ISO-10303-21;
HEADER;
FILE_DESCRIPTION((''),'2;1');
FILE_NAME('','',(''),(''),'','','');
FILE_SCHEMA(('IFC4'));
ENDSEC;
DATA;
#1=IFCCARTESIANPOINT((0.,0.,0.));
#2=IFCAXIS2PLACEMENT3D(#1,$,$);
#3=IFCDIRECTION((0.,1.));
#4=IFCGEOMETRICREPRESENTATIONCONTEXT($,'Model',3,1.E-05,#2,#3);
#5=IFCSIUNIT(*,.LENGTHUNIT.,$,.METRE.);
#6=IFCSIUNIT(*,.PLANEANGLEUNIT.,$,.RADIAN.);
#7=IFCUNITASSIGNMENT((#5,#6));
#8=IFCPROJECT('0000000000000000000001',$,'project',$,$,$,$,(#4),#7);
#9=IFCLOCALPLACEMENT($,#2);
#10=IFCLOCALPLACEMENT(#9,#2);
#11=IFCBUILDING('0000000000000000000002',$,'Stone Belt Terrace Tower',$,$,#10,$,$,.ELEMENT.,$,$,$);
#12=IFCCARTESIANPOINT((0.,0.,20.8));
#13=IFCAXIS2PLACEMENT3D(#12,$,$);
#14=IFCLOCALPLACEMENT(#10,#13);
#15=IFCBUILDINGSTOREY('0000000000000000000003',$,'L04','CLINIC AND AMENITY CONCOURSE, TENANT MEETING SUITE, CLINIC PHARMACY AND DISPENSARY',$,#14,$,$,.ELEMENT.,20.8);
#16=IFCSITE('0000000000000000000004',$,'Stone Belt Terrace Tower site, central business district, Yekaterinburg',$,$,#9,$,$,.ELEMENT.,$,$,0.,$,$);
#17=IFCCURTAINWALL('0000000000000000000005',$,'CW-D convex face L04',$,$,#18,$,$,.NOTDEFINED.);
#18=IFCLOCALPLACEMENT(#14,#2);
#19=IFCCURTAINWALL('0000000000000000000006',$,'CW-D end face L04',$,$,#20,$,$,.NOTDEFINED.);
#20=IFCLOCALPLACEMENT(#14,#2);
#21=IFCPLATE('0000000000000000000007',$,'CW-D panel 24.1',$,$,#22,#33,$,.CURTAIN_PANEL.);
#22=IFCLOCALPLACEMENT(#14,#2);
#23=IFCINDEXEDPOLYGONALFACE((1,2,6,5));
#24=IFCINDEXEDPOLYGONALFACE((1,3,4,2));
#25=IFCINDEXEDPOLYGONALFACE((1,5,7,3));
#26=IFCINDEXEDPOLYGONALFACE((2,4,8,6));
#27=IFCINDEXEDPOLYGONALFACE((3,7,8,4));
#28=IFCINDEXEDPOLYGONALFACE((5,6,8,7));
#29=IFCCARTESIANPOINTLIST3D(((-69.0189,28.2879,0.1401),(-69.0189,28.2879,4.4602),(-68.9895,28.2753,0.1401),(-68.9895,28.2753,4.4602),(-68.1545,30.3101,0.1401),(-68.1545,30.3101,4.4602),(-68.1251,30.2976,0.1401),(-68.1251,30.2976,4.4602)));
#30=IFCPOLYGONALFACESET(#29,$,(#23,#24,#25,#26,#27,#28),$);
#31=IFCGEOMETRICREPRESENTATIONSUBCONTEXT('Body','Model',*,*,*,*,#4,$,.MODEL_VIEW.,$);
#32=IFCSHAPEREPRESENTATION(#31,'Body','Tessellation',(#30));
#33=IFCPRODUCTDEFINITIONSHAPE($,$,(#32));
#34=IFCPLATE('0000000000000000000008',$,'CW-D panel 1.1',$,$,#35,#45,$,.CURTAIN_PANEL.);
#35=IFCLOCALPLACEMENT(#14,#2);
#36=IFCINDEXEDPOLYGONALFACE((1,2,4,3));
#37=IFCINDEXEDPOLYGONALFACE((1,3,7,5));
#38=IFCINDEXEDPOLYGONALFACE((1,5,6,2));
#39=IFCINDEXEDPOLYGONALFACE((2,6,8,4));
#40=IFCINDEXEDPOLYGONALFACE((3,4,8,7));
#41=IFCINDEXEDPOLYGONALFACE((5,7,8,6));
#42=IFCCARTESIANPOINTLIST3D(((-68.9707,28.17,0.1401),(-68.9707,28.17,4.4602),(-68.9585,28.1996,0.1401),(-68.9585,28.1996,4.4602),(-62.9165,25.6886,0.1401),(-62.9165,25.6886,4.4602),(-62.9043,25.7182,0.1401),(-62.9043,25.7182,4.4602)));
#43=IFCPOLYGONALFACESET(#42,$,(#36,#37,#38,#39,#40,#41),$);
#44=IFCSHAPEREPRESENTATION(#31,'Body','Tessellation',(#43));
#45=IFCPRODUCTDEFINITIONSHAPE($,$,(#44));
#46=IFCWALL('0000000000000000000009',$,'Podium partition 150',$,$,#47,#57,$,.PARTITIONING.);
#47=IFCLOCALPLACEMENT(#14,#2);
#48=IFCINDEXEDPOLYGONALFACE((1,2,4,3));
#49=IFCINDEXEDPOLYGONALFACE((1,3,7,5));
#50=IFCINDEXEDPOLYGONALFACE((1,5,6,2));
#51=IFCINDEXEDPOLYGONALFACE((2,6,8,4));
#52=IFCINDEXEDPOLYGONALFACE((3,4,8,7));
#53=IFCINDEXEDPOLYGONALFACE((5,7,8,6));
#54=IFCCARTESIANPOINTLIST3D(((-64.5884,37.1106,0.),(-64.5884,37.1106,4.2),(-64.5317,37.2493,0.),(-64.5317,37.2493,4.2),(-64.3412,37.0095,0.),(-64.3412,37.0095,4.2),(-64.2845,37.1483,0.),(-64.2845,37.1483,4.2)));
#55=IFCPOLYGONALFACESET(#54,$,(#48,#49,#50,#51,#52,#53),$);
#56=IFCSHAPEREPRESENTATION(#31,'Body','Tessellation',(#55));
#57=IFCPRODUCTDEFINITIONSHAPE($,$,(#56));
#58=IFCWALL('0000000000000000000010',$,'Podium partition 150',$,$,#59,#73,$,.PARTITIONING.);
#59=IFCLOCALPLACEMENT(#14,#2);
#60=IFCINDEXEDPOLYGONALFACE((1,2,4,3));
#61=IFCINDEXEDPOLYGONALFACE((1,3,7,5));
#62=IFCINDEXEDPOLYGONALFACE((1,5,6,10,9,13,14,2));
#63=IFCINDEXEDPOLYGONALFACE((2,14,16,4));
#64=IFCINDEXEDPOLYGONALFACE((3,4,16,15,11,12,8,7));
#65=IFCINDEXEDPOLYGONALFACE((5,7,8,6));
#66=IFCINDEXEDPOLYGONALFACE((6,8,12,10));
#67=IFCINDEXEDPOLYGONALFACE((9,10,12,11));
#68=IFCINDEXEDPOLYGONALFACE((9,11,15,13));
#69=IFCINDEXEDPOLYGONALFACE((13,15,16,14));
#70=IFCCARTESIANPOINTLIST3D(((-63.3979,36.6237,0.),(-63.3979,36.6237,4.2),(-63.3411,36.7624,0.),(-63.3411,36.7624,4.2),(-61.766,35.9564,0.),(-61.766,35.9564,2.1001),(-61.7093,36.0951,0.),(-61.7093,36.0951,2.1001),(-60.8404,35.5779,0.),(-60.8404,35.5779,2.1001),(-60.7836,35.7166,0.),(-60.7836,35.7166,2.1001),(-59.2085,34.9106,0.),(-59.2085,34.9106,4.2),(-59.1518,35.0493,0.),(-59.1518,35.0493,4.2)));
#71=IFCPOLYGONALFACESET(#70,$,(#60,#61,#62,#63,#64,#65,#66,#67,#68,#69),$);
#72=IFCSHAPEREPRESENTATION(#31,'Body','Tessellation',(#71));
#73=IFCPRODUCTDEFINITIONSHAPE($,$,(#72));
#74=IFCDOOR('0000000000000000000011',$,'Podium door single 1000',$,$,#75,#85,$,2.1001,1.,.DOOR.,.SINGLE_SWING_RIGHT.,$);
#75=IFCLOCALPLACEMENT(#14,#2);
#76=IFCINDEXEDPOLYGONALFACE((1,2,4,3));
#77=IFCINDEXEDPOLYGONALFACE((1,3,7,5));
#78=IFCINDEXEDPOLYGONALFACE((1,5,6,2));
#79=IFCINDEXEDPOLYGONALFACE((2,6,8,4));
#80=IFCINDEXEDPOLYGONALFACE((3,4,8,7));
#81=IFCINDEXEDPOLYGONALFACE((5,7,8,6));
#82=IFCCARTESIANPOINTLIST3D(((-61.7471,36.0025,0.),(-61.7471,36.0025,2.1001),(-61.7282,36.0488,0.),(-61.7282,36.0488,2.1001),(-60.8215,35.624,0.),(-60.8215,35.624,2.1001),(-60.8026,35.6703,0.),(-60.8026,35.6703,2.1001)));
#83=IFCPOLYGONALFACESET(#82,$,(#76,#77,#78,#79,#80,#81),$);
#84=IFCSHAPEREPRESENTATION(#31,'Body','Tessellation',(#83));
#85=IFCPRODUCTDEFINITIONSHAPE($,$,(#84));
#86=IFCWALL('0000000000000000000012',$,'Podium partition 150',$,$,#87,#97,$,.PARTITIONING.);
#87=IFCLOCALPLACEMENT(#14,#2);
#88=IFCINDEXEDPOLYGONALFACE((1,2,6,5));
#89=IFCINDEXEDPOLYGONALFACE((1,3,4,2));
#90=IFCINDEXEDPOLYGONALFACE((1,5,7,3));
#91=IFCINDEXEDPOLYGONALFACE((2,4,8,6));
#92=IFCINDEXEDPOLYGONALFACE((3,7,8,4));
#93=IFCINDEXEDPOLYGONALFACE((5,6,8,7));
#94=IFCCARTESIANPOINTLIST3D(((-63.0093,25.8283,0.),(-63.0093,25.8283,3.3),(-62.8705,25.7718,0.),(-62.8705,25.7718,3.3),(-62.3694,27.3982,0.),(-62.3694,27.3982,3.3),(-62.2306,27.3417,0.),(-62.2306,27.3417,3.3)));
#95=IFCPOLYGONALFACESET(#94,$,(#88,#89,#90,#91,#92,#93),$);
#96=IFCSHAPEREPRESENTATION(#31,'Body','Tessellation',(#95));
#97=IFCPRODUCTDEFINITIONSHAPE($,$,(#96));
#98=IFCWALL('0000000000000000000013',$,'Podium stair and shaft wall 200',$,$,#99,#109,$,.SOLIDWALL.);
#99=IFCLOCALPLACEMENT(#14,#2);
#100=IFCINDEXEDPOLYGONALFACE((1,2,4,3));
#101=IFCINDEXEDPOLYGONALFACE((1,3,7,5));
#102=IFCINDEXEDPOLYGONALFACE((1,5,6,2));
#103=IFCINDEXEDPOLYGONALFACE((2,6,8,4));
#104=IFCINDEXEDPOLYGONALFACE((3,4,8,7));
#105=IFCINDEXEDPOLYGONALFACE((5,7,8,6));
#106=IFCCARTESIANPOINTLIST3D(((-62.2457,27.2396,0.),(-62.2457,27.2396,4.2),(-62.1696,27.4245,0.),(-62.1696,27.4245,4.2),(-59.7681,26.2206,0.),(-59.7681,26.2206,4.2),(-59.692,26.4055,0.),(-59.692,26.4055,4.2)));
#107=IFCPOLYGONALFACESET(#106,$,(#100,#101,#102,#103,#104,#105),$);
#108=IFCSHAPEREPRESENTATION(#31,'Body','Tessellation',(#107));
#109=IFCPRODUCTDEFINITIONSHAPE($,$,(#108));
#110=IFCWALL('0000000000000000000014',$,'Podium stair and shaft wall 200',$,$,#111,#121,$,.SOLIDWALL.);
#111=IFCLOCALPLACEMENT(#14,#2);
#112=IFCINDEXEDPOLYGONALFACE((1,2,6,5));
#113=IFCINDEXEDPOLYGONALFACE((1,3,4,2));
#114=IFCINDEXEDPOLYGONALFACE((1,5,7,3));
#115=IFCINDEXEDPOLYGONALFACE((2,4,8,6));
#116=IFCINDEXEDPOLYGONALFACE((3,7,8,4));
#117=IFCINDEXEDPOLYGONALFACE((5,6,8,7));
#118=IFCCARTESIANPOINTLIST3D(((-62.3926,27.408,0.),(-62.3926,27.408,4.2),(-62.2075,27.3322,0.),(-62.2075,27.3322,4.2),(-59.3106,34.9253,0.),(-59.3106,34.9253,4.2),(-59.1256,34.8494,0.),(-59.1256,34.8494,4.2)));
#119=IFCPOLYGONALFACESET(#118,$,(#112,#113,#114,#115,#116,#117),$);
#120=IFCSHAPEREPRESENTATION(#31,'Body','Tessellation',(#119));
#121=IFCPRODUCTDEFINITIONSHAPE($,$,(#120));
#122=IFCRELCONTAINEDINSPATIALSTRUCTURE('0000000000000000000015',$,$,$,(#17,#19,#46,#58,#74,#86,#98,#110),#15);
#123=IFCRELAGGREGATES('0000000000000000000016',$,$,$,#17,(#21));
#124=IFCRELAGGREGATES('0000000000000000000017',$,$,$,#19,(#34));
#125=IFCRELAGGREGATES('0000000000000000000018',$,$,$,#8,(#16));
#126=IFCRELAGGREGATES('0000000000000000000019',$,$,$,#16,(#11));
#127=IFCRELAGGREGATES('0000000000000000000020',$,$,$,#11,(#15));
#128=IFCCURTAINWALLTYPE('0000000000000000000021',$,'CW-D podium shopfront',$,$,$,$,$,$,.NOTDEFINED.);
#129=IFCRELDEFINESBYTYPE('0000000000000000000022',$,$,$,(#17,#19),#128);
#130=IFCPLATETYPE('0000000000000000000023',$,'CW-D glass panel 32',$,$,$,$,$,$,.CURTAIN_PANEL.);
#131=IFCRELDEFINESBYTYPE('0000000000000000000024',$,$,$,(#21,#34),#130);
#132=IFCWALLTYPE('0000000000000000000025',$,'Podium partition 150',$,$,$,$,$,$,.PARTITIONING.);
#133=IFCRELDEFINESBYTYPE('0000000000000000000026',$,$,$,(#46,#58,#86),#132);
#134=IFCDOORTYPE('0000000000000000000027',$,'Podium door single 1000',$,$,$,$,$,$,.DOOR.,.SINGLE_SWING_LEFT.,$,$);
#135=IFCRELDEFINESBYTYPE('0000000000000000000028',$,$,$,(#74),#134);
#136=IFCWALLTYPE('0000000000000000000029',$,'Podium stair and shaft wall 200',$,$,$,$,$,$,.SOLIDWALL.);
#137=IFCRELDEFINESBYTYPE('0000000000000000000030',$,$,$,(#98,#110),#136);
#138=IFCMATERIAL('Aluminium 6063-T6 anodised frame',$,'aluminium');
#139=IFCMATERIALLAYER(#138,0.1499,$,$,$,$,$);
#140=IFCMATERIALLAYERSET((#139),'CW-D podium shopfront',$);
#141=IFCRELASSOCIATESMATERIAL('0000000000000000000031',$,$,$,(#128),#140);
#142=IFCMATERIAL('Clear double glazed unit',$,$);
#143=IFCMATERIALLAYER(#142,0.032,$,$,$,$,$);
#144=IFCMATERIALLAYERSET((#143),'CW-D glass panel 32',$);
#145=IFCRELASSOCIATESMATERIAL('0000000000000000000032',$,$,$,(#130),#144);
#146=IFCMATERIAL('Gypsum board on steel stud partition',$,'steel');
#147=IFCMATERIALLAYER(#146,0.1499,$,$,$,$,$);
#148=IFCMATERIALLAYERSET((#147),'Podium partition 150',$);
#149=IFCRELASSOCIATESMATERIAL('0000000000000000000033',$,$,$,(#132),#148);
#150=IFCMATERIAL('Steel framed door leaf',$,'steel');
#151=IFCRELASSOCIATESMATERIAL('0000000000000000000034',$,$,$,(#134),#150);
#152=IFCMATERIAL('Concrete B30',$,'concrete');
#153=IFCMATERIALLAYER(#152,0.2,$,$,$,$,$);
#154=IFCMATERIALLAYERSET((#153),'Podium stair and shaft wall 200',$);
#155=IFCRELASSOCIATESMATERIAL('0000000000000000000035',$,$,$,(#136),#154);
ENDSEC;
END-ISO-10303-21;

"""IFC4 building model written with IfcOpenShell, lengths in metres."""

from ifc_helpers import new_model, si_unit, direction, frame, frame_2d, origin, origin_2d, place, context, subcontext, project, spatial, rectangle, extrude, material, layer, layer_set, type_object, element, fill, aggregate, save


model = new_model("IFC4")

# Units and contexts
model_context = context("Model", 3, precision=1e-05, world=origin(), true_north=direction((0.0, 1.0)))
body_context = subcontext(model_context, "Body", "Model", "MODEL_VIEW")
ifc_project = project(units=[si_unit("LENGTHUNIT", "METRE"), si_unit("PLANEANGLEUNIT", "RADIAN")], contexts=[model_context])

# Site, building, storey
site_placement = place(None, origin())
site = spatial("IfcSite", under=ifc_project, at=site_placement, Name="Stone Belt Terrace Tower site, central business district, Yekaterinburg", CompositionType="ELEMENT", RefElevation=0.0)
building_placement = place(site_placement, origin())
building = spatial("IfcBuilding", under=site, at=building_placement, Name="Stone Belt Terrace Tower", CompositionType="ELEMENT")
storey_placement = place(building_placement, frame((0.0, 0.0, 20.8)))
storey = spatial("IfcBuildingStorey", under=building, at=storey_placement, Name="L04", Description="CLINIC AND AMENITY CONCOURSE, TENANT MEETING SUITE, CLINIC PHARMACY AND DISPENSARY", CompositionType="ELEMENT", Elevation=20.8)

# Curtain wall
ifc_material_1 = material(Name="Aluminium 6063-T6 anodised frame", Category="aluminium")
ifc_layer_1 = layer(ifc_material_1, 0.1499)
ifc_layer_set_1 = layer_set([ifc_layer_1], Name="CW-D podium shopfront")
curtain_wall_type = type_object("IfcCurtainWallType", Name="CW-D podium shopfront", PredefinedType="NOTDEFINED", material=ifc_layer_set_1)
curtain_wall_1_placement = place(storey_placement, origin())
curtain_wall_1 = element("IfcCurtainWall", 1, at=curtain_wall_1_placement, inside=storey, type_object=curtain_wall_type, Name="CW-D convex face L04", PredefinedType="NOTDEFINED")

# Curtain wall
curtain_wall_2_placement = place(storey_placement, origin())
curtain_wall_2 = element("IfcCurtainWall", 2, at=curtain_wall_2_placement, inside=storey, type_object=curtain_wall_type, Name="CW-D end face L04", PredefinedType="NOTDEFINED")

# Plates
ifc_material_2 = material(Name="Clear double glazed unit")
ifc_layer_2 = layer(ifc_material_2, 0.032)
ifc_layer_set_2 = layer_set([ifc_layer_2], Name="CW-D glass panel 32")
plate_type = type_object("IfcPlateType", Name="CW-D glass panel 32", PredefinedType="CURTAIN_PANEL", material=ifc_layer_set_2)
plate_1_placement = place(storey_placement, frame((-68.572, 29.2927, 0.1401), z_axis=(0.0, 0.0, 1.0), x_axis=(-0.393034, -0.919524, 0.0)))
plate_1 = element("IfcPlate", 3, at=plate_1_placement, type_object=plate_type, Name="CW-D panel 24.1", PredefinedType="CURTAIN_PANEL", context=body_context, shape_type="SweptSolid", body=[
    extrude(rectangle(XDim=2.1992, YDim=0.032, at=origin_2d()), origin(), (0.0, 0.0, 1.0), 4.3201),
])
aggregate(curtain_wall_1, [plate_1])
plate_2_placement = place(storey_placement, frame((-65.9375, 26.9441, 0.1401), z_axis=(0.0, 0.0, 1.0), x_axis=(0.925297, -0.379243, 0.0)))
plate_2 = element("IfcPlate", 4, at=plate_2_placement, type_object=plate_type, Name="CW-D panel 1.1", PredefinedType="CURTAIN_PANEL", context=body_context, shape_type="SweptSolid", body=[
    extrude(rectangle(XDim=6.543, YDim=0.032, at=origin_2d()), origin(), (0.0, 0.0, 1.0), 4.3201),
])
aggregate(curtain_wall_2, [plate_2])

# Wall
ifc_material_3 = material(Name="Gypsum board on steel stud partition", Category="steel")
ifc_layer_3 = layer(ifc_material_3, 0.1499)
ifc_layer_set_3 = layer_set([ifc_layer_3], Name="Podium partition 150")
wall_type_1 = type_object("IfcWallType", Name="Podium partition 150", PredefinedType="PARTITIONING", material=ifc_layer_set_3)
wall_1_placement = place(storey_placement, frame((-64.5601, 37.1799, 0.0), z_axis=(0.0, 0.0, 1.0), x_axis=(0.925678, -0.378313, 0.0)))
element("IfcWall", 5, at=wall_1_placement, inside=storey, type_object=wall_type_1, Name="Podium partition 150", PredefinedType="PARTITIONING", context=body_context, shape_type="SweptSolid", body=[
    extrude(rectangle(XDim=0.2671, YDim=0.1499, at=frame_2d((0.1335, 0.0))), origin(), (0.0, 0.0, 1.0), 4.2),
])

# Wall, opening, door
wall_2_placement = place(storey_placement, frame((-63.3696, 36.6931, 0.0), z_axis=(0.0, 0.0, 1.0), x_axis=(0.925604, -0.378494, 0.0)))
wall_2 = element("IfcWall", 6, at=wall_2_placement, inside=storey, type_object=wall_type_1, Name="Podium partition 150", PredefinedType="PARTITIONING", context=body_context, shape_type="SweptSolid", body=[
    extrude(rectangle(XDim=4.5261, YDim=0.1499, at=frame_2d((2.2632, 0.0))), origin(), (0.0, 0.0, 1.0), 4.2),
])
opening_placement = place(wall_2_placement, frame((1.7632, 0.0, 0.0)))
opening = element("IfcOpeningElement", 7, at=opening_placement, cuts=wall_2, PredefinedType="OPENING", context=body_context, shape_type="SweptSolid", body=[
    extrude(rectangle(XDim=1.0, YDim=2.1001, at=frame_2d((0.5, 1.05))), frame((0.0, 0.085, 0.0), z_axis=(0.0, -1.0, 0.0), x_axis=(1.0, 0.0, 0.0)), (0.0, 0.0, 1.0), 0.1699),
])
ifc_material_4 = material(Name="Steel framed door leaf", Category="steel")
door_type = type_object("IfcDoorType", Name="Podium door single 1000", OperationType="SINGLE_SWING_LEFT", PredefinedType="DOOR", material=ifc_material_4)
door_placement = place(opening_placement, origin())
door = element("IfcDoor", 8, at=door_placement, inside=storey, type_object=door_type, Name="Podium door single 1000", OperationType="SINGLE_SWING_RIGHT", OverallHeight=2.1001, OverallWidth=1.0, PredefinedType="DOOR", context=body_context, shape_type="SweptSolid", body=[
    extrude(rectangle(XDim=1.0, YDim=2.1001, at=frame_2d((0.5, 1.05))), frame((0.0, 0.0249, 0.0), z_axis=(0.0, -1.0, 0.0), x_axis=(1.0, 0.0, 0.0)), (0.0, 0.0, 1.0), 0.05),
])
fill(opening, door)

# Walls
wall_3_placement = place(storey_placement, frame((-62.9399, 25.8, 0.0), z_axis=(0.0, 0.0, 1.0), x_axis=(0.377466, 0.926023, 0.0)))
element("IfcWall", 9, at=wall_3_placement, inside=storey, type_object=wall_type_1, Name="Podium partition 150", PredefinedType="PARTITIONING", context=body_context, shape_type="SweptSolid", body=[
    extrude(rectangle(XDim=1.6953, YDim=0.1499, at=frame_2d((0.8477, 0.0))), origin(), (0.0, 0.0, 1.0), 3.3),
])
ifc_material_5 = material(Name="Concrete B30", Category="concrete")
ifc_layer_4 = layer(ifc_material_5, 0.2)
ifc_layer_set_4 = layer_set([ifc_layer_4], Name="Podium stair and shaft wall 200")
wall_type_2 = type_object("IfcWallType", Name="Podium stair and shaft wall 200", PredefinedType="SOLIDWALL", material=ifc_layer_set_4)
wall_4_placement = place(storey_placement, frame((-62.2075, 27.332, 0.0), z_axis=(0.0, 0.0, 1.0), x_axis=(0.924825, -0.380392, 0.0)))
element("IfcWall", 10, at=wall_4_placement, inside=storey, type_object=wall_type_2, Name="Podium stair and shaft wall 200", PredefinedType="SOLIDWALL", context=body_context, shape_type="SweptSolid", body=[
    extrude(rectangle(XDim=2.679, YDim=0.2, at=frame_2d((1.3394, 0.0))), origin(), (0.0, 0.0, 1.0), 4.2),
])
wall_5_placement = place(storey_placement, frame((-62.3, 27.3701, 0.0), z_axis=(0.0, 0.0, 1.0), x_axis=(0.379345, 0.925255, 0.0)))
element("IfcWall", 11, at=wall_5_placement, inside=storey, type_object=wall_type_2, Name="Podium stair and shaft wall 200", PredefinedType="SOLIDWALL", context=body_context, shape_type="SweptSolid", body=[
    extrude(rectangle(XDim=8.1245, YDim=0.2, at=frame_2d((4.0623, 0.0))), origin(), (0.0, 0.0, 1.0), 4.2),
])

save(model, "model.ifc")
